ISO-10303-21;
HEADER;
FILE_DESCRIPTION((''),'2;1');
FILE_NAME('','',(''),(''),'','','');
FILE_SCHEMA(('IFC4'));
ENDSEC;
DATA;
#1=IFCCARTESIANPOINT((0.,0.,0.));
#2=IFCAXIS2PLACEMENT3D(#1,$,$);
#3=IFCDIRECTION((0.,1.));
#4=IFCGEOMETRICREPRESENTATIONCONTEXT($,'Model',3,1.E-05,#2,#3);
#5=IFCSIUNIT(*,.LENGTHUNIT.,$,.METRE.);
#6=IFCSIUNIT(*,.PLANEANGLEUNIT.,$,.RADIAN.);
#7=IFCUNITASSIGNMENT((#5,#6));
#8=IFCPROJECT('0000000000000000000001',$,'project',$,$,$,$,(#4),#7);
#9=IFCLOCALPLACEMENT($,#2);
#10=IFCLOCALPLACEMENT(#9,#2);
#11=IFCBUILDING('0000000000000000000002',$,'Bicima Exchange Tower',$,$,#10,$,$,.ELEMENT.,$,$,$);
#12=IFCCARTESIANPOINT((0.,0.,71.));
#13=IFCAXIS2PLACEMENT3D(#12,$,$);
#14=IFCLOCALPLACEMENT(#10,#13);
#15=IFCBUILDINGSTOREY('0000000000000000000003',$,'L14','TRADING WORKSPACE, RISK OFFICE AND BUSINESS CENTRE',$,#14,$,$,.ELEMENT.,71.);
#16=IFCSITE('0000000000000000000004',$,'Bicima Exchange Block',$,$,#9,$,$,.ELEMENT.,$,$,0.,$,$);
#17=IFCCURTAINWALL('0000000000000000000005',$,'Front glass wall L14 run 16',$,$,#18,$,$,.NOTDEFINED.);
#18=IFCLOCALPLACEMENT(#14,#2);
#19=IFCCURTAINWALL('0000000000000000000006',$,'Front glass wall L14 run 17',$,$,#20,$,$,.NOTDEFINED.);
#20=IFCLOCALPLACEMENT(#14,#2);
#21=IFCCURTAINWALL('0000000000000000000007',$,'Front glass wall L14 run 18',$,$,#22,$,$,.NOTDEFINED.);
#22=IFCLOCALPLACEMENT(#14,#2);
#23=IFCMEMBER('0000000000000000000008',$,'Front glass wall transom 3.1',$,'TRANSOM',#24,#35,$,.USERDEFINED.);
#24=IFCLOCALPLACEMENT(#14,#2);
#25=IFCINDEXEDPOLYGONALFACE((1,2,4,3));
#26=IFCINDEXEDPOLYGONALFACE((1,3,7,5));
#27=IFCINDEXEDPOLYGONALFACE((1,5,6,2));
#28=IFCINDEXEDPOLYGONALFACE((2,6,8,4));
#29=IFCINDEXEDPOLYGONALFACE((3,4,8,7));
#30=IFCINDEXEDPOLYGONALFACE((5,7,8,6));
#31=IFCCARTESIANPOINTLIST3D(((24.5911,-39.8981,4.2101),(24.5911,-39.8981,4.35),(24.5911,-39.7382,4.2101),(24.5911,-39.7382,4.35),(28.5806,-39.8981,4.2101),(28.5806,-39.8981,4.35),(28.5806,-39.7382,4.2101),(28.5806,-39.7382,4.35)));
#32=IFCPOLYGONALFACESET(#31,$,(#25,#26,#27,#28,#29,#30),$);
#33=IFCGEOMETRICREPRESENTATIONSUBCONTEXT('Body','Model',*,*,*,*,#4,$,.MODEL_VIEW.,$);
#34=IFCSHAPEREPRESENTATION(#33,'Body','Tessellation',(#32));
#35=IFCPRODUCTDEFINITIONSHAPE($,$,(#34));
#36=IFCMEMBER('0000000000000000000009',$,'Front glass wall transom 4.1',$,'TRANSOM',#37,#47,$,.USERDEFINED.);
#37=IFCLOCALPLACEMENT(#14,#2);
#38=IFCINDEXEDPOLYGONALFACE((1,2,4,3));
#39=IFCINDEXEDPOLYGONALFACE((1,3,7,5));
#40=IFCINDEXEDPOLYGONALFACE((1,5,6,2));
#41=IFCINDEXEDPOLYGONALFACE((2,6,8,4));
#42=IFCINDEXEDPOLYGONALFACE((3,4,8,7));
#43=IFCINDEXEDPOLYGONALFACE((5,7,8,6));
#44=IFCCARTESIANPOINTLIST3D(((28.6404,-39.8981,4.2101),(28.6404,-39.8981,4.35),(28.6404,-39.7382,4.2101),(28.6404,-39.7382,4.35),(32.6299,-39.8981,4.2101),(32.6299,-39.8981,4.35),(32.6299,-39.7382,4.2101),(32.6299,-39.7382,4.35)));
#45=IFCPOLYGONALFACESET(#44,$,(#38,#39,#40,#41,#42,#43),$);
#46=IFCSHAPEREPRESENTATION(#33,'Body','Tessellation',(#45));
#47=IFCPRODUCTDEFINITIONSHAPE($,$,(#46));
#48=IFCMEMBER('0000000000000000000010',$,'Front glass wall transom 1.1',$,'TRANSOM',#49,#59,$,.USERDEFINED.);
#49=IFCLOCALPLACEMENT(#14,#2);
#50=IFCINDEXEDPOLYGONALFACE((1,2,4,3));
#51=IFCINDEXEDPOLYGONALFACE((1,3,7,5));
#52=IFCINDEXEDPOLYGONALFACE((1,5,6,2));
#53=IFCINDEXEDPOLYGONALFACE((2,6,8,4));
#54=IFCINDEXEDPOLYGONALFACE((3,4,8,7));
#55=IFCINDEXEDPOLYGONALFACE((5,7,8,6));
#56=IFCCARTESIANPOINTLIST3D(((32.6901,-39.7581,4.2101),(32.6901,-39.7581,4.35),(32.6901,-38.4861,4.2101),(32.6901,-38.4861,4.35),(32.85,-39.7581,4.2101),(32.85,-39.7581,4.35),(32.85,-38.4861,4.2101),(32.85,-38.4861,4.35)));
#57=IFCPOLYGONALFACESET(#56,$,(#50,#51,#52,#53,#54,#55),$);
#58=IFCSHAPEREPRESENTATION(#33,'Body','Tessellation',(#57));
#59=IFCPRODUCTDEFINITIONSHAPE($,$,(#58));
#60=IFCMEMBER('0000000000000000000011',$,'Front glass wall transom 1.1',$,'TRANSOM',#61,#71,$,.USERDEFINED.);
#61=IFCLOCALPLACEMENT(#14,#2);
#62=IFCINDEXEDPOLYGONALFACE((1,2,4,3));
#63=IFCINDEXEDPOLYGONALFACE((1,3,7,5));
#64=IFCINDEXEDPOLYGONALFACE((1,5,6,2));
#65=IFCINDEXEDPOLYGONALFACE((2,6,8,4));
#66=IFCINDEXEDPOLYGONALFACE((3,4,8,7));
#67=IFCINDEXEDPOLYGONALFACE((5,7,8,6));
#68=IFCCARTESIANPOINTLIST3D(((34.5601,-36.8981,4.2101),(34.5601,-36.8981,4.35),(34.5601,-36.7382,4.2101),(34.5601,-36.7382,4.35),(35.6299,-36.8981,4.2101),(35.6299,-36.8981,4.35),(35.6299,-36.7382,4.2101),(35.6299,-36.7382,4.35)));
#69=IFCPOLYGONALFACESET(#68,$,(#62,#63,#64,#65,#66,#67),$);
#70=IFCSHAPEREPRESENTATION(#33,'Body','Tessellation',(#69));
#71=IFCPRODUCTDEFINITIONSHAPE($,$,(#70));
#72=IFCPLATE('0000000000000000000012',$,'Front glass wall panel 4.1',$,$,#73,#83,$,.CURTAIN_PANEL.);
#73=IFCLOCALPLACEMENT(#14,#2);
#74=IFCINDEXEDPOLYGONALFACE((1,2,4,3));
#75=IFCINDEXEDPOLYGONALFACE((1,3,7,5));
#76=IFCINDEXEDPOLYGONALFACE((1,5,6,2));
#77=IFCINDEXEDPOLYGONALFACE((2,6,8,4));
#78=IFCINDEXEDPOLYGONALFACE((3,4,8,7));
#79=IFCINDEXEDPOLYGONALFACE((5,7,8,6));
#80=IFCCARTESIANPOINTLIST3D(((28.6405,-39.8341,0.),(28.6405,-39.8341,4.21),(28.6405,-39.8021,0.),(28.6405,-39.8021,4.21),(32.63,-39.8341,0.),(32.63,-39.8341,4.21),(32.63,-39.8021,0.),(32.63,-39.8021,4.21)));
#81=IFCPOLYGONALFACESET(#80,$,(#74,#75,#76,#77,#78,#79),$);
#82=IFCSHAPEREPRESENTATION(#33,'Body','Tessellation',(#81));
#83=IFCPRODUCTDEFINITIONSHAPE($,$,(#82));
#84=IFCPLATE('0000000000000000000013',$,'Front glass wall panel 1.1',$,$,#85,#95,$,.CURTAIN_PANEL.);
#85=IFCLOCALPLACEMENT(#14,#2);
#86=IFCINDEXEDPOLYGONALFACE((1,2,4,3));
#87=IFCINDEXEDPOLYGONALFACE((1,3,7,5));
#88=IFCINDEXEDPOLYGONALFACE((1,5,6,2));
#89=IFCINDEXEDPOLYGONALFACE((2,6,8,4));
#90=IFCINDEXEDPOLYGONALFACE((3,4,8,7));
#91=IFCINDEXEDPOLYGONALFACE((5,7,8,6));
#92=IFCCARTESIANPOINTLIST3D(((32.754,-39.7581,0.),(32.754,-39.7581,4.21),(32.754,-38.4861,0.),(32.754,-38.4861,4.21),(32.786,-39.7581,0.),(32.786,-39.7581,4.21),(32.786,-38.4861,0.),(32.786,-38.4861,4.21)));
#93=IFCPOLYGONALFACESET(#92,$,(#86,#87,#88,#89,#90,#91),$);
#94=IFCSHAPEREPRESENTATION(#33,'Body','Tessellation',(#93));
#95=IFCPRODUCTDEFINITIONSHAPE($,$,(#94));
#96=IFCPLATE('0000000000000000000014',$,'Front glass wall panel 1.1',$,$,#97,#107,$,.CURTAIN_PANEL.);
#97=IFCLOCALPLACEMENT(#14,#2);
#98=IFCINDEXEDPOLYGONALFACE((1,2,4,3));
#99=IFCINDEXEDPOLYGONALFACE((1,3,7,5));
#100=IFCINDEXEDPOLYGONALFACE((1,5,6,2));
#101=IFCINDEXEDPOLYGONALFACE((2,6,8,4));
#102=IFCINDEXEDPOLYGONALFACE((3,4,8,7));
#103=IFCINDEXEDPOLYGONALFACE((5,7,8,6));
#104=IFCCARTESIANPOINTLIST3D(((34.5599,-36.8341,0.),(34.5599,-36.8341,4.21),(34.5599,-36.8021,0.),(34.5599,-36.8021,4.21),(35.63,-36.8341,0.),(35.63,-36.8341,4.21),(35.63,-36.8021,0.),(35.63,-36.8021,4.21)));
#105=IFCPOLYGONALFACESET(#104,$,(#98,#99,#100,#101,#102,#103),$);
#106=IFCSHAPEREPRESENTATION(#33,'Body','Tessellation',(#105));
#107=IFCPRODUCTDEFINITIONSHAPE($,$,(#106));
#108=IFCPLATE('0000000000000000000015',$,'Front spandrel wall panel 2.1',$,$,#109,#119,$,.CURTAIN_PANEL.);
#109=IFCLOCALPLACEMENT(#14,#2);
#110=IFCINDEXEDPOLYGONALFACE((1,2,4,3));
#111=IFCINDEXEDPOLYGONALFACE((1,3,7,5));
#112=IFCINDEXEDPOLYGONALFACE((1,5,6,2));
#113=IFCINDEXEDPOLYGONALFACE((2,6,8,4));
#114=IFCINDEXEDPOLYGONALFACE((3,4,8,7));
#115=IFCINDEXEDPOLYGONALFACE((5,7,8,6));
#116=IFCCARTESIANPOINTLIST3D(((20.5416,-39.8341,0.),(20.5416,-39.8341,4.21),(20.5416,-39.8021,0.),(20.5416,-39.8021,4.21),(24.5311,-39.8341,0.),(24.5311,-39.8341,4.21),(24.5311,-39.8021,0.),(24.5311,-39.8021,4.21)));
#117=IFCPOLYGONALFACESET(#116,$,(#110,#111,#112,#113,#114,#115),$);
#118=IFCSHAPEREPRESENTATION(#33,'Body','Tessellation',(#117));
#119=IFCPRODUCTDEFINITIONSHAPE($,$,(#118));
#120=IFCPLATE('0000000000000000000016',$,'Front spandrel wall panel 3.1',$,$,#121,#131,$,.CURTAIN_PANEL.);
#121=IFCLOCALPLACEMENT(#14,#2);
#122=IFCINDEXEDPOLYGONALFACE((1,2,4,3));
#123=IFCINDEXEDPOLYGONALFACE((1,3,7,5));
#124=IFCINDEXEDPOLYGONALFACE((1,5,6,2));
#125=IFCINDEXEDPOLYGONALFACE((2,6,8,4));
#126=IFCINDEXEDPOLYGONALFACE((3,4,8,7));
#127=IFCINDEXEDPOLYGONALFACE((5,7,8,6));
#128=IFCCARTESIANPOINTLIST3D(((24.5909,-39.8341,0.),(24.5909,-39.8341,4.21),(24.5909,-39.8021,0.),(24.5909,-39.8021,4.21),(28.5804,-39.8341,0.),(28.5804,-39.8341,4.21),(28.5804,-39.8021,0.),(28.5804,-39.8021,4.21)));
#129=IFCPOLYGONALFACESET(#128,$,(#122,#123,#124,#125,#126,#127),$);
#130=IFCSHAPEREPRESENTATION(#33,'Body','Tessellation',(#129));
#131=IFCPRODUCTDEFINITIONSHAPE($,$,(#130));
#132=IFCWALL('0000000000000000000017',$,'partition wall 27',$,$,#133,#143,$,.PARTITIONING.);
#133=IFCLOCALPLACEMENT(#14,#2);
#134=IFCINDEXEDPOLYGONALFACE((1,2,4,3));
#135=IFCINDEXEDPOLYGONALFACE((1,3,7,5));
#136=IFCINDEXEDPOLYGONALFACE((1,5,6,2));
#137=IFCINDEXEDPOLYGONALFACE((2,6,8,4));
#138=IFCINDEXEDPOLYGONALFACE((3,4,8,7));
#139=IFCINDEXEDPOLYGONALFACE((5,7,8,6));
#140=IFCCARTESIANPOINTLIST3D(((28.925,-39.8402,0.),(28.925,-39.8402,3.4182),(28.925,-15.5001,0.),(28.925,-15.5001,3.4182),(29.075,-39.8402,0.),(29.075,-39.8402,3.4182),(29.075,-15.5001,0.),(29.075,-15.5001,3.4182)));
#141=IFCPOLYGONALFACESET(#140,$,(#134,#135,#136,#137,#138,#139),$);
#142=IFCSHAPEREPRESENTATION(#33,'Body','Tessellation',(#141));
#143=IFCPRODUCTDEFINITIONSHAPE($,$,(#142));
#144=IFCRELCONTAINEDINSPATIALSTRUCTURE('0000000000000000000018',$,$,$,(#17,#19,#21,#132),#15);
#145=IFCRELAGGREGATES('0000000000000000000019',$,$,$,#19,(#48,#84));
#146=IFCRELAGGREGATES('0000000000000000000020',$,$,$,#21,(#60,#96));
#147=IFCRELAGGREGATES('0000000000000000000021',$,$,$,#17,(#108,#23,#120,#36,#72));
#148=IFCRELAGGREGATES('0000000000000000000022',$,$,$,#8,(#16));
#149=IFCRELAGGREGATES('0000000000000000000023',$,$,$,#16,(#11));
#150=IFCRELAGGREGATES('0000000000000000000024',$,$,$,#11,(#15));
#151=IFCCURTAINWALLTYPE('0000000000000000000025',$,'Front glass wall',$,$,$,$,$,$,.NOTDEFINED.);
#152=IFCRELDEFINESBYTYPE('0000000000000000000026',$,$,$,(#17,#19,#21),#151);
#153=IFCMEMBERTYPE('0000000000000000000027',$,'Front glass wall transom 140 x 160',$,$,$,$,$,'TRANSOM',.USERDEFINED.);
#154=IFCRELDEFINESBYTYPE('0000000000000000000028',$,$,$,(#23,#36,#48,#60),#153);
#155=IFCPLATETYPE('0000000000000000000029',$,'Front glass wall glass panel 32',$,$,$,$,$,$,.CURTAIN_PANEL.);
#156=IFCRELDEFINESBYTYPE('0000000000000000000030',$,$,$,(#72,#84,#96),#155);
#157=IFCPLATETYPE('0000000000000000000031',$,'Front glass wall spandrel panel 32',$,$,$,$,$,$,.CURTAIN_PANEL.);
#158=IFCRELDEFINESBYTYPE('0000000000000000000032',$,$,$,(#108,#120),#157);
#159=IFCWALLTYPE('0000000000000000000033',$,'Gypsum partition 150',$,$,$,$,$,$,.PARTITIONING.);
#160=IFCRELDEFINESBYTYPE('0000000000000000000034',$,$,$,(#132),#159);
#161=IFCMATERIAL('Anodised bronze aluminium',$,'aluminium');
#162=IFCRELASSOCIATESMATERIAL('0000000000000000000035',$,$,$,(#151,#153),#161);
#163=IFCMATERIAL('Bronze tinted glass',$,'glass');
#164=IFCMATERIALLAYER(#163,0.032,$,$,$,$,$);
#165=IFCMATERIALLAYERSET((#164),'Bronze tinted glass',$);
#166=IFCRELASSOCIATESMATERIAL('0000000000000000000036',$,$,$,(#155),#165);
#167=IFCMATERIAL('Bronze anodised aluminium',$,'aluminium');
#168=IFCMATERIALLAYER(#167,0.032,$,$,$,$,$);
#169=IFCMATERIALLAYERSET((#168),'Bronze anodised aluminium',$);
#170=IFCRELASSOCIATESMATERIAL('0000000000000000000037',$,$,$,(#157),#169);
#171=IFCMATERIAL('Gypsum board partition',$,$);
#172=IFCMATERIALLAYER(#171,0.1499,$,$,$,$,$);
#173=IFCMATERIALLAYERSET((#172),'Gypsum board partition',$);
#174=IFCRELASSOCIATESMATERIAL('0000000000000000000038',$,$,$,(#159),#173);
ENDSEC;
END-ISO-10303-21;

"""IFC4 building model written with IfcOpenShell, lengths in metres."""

from ifc_helpers import new_model, si_unit, direction, frame, frame_2d, origin, origin_2d, place, context, subcontext, project, spatial, rectangle, extrude, material, layer, layer_set, material_profile, profile_set, type_object, element, aggregate, save


model = new_model("IFC4")

# Units and contexts
model_context = context("Model", 3, precision=1e-05, world=origin(), true_north=direction((0.0, 1.0)))
body_context = subcontext(model_context, "Body", "Model", "MODEL_VIEW")
ifc_project = project(units=[si_unit("LENGTHUNIT", "METRE"), si_unit("PLANEANGLEUNIT", "RADIAN")], contexts=[model_context])

# Site, building, storey
site_placement = place(None, origin())
site = spatial("IfcSite", under=ifc_project, at=site_placement, Name="Bicima Exchange Block", CompositionType="ELEMENT", RefElevation=0.0)
building_placement = place(site_placement, origin())
building = spatial("IfcBuilding", under=site, at=building_placement, Name="Bicima Exchange Tower", CompositionType="ELEMENT")
storey_placement = place(building_placement, frame((0.0, 0.0, 71.0)))
storey = spatial("IfcBuildingStorey", under=building, at=storey_placement, Name="L14", Description="TRADING WORKSPACE, RISK OFFICE AND BUSINESS CENTRE", CompositionType="ELEMENT", Elevation=71.0)

# Curtain walls
ifc_material_1 = material(Name="Anodised bronze aluminium", Category="aluminium")
curtain_wall_type = type_object("IfcCurtainWallType", Name="Front glass wall", PredefinedType="NOTDEFINED", material=ifc_material_1)
curtain_wall_1_placement = place(storey_placement, origin())
curtain_wall_1 = element("IfcCurtainWall", 1, at=curtain_wall_1_placement, inside=storey, type_object=curtain_wall_type, Name="Front glass wall L14 run 16", PredefinedType="NOTDEFINED")
curtain_wall_2_placement = place(storey_placement, origin())
curtain_wall_2 = element("IfcCurtainWall", 2, at=curtain_wall_2_placement, inside=storey, type_object=curtain_wall_type, Name="Front glass wall L14 run 17", PredefinedType="NOTDEFINED")
curtain_wall_3_placement = place(storey_placement, origin())
curtain_wall_3 = element("IfcCurtainWall", 3, at=curtain_wall_3_placement, inside=storey, type_object=curtain_wall_type, Name="Front glass wall L14 run 18", PredefinedType="NOTDEFINED")

# Members
ifc_material_profile_1 = material_profile(ifc_material_1, rectangle(XDim=0.1599, YDim=0.1399, at=origin_2d()))
ifc_profile_set_1 = profile_set([ifc_material_profile_1], Name="Anodised bronze aluminium")
member_type_1 = type_object("IfcMemberType", Name="Front glass wall transom 140 x 160", ElementType="TRANSOM", PredefinedType="USERDEFINED", material=ifc_profile_set_1)
member_1_placement = place(storey_placement, frame((24.5911, -39.8181, 4.28), z_axis=(1.0, 0.0, 0.0), x_axis=(0.0, 1.0, 0.0)))
member_1 = element("IfcMember", 4, at=member_1_placement, type_object=member_type_1, Name="Front glass wall transom 3.1", ObjectType="TRANSOM", PredefinedType="USERDEFINED", context=body_context, shape_type="SweptSolid", body=[
    extrude(rectangle(XDim=0.1599, YDim=0.1399, at=origin_2d()), origin(), (0.0, 0.0, 1.0), 3.9895),
])
member_2_placement = place(storey_placement, frame((28.6404, -39.8181, 4.28), z_axis=(1.0, 0.0, 0.0), x_axis=(0.0, 1.0, 0.0)))
member_2 = element("IfcMember", 5, at=member_2_placement, type_object=member_type_1, Name="Front glass wall transom 4.1", ObjectType="TRANSOM", PredefinedType="USERDEFINED", context=body_context, shape_type="SweptSolid", body=[
    extrude(rectangle(XDim=0.1599, YDim=0.1399, at=origin_2d()), origin(), (0.0, 0.0, 1.0), 3.9895),
])
member_3_placement = place(storey_placement, frame((32.77, -39.7581, 4.28), z_axis=(0.0, 1.0, 0.0), x_axis=(-1.0, 0.0, 0.0)))
member_3 = element("IfcMember", 6, at=member_3_placement, type_object=member_type_1, Name="Front glass wall transom 1.1", ObjectType="TRANSOM", PredefinedType="USERDEFINED", context=body_context, shape_type="SweptSolid", body=[
    extrude(rectangle(XDim=0.1599, YDim=0.1399, at=origin_2d()), origin(), (0.0, 0.0, 1.0), 1.272),
])
member_4_placement = place(storey_placement, frame((34.5601, -36.8181, 4.28), z_axis=(1.0, 0.0, 0.0), x_axis=(0.0, 1.0, 0.0)))
member_4 = element("IfcMember", 7, at=member_4_placement, type_object=member_type_1, Name="Front glass wall transom 1.1", ObjectType="TRANSOM", PredefinedType="USERDEFINED", context=body_context, shape_type="SweptSolid", body=[
    extrude(rectangle(XDim=0.1599, YDim=0.1399, at=origin_2d()), origin(), (0.0, 0.0, 1.0), 1.0698),
])

# Plates
ifc_material_2 = material(Name="Bronze tinted glass", Category="glass")
ifc_layer_1 = layer(ifc_material_2, 0.032)
ifc_layer_set_1 = layer_set([ifc_layer_1], Name="Bronze tinted glass")
plate_type_1 = type_object("IfcPlateType", Name="Front glass wall glass panel 32", PredefinedType="CURTAIN_PANEL", material=ifc_layer_set_1)
plate_1_placement = place(storey_placement, frame((30.6353, -39.8181, 0.0), z_axis=(0.0, 0.0, 1.0), x_axis=(1.0, 0.0, 0.0)))
plate_1 = element("IfcPlate", 8, at=plate_1_placement, type_object=plate_type_1, Name="Front glass wall panel 4.1", PredefinedType="CURTAIN_PANEL", context=body_context, shape_type="SweptSolid", body=[
    extrude(rectangle(XDim=3.9895, YDim=0.032, at=origin_2d()), origin(), (0.0, 0.0, 1.0), 4.21),
])
plate_2_placement = place(storey_placement, frame((32.77, -39.1221, 0.0), z_axis=(0.0, 0.0, 1.0), x_axis=(0.0, 1.0, 0.0)))
plate_2 = element("IfcPlate", 9, at=plate_2_placement, type_object=plate_type_1, Name="Front glass wall panel 1.1", PredefinedType="CURTAIN_PANEL", context=body_context, shape_type="SweptSolid", body=[
    extrude(rectangle(XDim=1.272, YDim=0.032, at=origin_2d()), origin(), (0.0, 0.0, 1.0), 4.21),
])
aggregate(curtain_wall_2, [member_3, plate_2])
plate_3_placement = place(storey_placement, frame((35.095, -36.8181, 0.0), z_axis=(0.0, 0.0, 1.0), x_axis=(1.0, 0.0, 0.0)))
plate_3 = element("IfcPlate", 10, at=plate_3_placement, type_object=plate_type_1, Name="Front glass wall panel 1.1", PredefinedType="CURTAIN_PANEL", context=body_context, shape_type="SweptSolid", body=[
    extrude(rectangle(XDim=1.0701, YDim=0.032, at=origin_2d()), origin(), (0.0, 0.0, 1.0), 4.21),
])
aggregate(curtain_wall_3, [member_4, plate_3])
ifc_material_3 = material(Name="Bronze anodised aluminium", Category="aluminium")
ifc_layer_2 = layer(ifc_material_3, 0.032)
ifc_layer_set_2 = layer_set([ifc_layer_2], Name="Bronze anodised aluminium")
plate_type_2 = type_object("IfcPlateType", Name="Front glass wall spandrel panel 32", PredefinedType="CURTAIN_PANEL", material=ifc_layer_set_2)
plate_4_placement = place(storey_placement, frame((22.5364, -39.8181, 0.0), z_axis=(0.0, 0.0, 1.0), x_axis=(1.0, 0.0, 0.0)))
plate_4 = element("IfcPlate", 11, at=plate_4_placement, type_object=plate_type_2, Name="Front spandrel wall panel 2.1", PredefinedType="CURTAIN_PANEL", context=body_context, shape_type="SweptSolid", body=[
    extrude(rectangle(XDim=3.9895, YDim=0.032, at=origin_2d()), origin(), (0.0, 0.0, 1.0), 4.21),
])
plate_5_placement = place(storey_placement, frame((26.5857, -39.8181, 0.0), z_axis=(0.0, 0.0, 1.0), x_axis=(1.0, 0.0, 0.0)))
plate_5 = element("IfcPlate", 12, at=plate_5_placement, type_object=plate_type_2, Name="Front spandrel wall panel 3.1", PredefinedType="CURTAIN_PANEL", context=body_context, shape_type="SweptSolid", body=[
    extrude(rectangle(XDim=3.9895, YDim=0.032, at=origin_2d()), origin(), (0.0, 0.0, 1.0), 4.21),
])
aggregate(curtain_wall_1, [plate_4, member_1, plate_5, member_2, plate_1])

# Wall
ifc_material_4 = material(Name="Gypsum board partition")
ifc_layer_3 = layer(ifc_material_4, 0.1499)
ifc_layer_set_3 = layer_set([ifc_layer_3], Name="Gypsum board partition")
wall_type = type_object("IfcWallType", Name="Gypsum partition 150", PredefinedType="PARTITIONING", material=ifc_layer_set_3)
wall_placement = place(storey_placement, frame((29.0, -39.8401, 0.0), z_axis=(0.0, 0.0, 1.0), x_axis=(0.0, 1.0, 0.0)))
element("IfcWall", 13, at=wall_placement, inside=storey, type_object=wall_type, Name="partition wall 27", PredefinedType="PARTITIONING", context=body_context, shape_type="SweptSolid", body=[
    extrude(rectangle(XDim=24.3401, YDim=0.1499, at=frame_2d((12.1699, 0.0))), origin(), (0.0, 0.0, 1.0), 3.4182),
])

save(model, "model.ifc")
